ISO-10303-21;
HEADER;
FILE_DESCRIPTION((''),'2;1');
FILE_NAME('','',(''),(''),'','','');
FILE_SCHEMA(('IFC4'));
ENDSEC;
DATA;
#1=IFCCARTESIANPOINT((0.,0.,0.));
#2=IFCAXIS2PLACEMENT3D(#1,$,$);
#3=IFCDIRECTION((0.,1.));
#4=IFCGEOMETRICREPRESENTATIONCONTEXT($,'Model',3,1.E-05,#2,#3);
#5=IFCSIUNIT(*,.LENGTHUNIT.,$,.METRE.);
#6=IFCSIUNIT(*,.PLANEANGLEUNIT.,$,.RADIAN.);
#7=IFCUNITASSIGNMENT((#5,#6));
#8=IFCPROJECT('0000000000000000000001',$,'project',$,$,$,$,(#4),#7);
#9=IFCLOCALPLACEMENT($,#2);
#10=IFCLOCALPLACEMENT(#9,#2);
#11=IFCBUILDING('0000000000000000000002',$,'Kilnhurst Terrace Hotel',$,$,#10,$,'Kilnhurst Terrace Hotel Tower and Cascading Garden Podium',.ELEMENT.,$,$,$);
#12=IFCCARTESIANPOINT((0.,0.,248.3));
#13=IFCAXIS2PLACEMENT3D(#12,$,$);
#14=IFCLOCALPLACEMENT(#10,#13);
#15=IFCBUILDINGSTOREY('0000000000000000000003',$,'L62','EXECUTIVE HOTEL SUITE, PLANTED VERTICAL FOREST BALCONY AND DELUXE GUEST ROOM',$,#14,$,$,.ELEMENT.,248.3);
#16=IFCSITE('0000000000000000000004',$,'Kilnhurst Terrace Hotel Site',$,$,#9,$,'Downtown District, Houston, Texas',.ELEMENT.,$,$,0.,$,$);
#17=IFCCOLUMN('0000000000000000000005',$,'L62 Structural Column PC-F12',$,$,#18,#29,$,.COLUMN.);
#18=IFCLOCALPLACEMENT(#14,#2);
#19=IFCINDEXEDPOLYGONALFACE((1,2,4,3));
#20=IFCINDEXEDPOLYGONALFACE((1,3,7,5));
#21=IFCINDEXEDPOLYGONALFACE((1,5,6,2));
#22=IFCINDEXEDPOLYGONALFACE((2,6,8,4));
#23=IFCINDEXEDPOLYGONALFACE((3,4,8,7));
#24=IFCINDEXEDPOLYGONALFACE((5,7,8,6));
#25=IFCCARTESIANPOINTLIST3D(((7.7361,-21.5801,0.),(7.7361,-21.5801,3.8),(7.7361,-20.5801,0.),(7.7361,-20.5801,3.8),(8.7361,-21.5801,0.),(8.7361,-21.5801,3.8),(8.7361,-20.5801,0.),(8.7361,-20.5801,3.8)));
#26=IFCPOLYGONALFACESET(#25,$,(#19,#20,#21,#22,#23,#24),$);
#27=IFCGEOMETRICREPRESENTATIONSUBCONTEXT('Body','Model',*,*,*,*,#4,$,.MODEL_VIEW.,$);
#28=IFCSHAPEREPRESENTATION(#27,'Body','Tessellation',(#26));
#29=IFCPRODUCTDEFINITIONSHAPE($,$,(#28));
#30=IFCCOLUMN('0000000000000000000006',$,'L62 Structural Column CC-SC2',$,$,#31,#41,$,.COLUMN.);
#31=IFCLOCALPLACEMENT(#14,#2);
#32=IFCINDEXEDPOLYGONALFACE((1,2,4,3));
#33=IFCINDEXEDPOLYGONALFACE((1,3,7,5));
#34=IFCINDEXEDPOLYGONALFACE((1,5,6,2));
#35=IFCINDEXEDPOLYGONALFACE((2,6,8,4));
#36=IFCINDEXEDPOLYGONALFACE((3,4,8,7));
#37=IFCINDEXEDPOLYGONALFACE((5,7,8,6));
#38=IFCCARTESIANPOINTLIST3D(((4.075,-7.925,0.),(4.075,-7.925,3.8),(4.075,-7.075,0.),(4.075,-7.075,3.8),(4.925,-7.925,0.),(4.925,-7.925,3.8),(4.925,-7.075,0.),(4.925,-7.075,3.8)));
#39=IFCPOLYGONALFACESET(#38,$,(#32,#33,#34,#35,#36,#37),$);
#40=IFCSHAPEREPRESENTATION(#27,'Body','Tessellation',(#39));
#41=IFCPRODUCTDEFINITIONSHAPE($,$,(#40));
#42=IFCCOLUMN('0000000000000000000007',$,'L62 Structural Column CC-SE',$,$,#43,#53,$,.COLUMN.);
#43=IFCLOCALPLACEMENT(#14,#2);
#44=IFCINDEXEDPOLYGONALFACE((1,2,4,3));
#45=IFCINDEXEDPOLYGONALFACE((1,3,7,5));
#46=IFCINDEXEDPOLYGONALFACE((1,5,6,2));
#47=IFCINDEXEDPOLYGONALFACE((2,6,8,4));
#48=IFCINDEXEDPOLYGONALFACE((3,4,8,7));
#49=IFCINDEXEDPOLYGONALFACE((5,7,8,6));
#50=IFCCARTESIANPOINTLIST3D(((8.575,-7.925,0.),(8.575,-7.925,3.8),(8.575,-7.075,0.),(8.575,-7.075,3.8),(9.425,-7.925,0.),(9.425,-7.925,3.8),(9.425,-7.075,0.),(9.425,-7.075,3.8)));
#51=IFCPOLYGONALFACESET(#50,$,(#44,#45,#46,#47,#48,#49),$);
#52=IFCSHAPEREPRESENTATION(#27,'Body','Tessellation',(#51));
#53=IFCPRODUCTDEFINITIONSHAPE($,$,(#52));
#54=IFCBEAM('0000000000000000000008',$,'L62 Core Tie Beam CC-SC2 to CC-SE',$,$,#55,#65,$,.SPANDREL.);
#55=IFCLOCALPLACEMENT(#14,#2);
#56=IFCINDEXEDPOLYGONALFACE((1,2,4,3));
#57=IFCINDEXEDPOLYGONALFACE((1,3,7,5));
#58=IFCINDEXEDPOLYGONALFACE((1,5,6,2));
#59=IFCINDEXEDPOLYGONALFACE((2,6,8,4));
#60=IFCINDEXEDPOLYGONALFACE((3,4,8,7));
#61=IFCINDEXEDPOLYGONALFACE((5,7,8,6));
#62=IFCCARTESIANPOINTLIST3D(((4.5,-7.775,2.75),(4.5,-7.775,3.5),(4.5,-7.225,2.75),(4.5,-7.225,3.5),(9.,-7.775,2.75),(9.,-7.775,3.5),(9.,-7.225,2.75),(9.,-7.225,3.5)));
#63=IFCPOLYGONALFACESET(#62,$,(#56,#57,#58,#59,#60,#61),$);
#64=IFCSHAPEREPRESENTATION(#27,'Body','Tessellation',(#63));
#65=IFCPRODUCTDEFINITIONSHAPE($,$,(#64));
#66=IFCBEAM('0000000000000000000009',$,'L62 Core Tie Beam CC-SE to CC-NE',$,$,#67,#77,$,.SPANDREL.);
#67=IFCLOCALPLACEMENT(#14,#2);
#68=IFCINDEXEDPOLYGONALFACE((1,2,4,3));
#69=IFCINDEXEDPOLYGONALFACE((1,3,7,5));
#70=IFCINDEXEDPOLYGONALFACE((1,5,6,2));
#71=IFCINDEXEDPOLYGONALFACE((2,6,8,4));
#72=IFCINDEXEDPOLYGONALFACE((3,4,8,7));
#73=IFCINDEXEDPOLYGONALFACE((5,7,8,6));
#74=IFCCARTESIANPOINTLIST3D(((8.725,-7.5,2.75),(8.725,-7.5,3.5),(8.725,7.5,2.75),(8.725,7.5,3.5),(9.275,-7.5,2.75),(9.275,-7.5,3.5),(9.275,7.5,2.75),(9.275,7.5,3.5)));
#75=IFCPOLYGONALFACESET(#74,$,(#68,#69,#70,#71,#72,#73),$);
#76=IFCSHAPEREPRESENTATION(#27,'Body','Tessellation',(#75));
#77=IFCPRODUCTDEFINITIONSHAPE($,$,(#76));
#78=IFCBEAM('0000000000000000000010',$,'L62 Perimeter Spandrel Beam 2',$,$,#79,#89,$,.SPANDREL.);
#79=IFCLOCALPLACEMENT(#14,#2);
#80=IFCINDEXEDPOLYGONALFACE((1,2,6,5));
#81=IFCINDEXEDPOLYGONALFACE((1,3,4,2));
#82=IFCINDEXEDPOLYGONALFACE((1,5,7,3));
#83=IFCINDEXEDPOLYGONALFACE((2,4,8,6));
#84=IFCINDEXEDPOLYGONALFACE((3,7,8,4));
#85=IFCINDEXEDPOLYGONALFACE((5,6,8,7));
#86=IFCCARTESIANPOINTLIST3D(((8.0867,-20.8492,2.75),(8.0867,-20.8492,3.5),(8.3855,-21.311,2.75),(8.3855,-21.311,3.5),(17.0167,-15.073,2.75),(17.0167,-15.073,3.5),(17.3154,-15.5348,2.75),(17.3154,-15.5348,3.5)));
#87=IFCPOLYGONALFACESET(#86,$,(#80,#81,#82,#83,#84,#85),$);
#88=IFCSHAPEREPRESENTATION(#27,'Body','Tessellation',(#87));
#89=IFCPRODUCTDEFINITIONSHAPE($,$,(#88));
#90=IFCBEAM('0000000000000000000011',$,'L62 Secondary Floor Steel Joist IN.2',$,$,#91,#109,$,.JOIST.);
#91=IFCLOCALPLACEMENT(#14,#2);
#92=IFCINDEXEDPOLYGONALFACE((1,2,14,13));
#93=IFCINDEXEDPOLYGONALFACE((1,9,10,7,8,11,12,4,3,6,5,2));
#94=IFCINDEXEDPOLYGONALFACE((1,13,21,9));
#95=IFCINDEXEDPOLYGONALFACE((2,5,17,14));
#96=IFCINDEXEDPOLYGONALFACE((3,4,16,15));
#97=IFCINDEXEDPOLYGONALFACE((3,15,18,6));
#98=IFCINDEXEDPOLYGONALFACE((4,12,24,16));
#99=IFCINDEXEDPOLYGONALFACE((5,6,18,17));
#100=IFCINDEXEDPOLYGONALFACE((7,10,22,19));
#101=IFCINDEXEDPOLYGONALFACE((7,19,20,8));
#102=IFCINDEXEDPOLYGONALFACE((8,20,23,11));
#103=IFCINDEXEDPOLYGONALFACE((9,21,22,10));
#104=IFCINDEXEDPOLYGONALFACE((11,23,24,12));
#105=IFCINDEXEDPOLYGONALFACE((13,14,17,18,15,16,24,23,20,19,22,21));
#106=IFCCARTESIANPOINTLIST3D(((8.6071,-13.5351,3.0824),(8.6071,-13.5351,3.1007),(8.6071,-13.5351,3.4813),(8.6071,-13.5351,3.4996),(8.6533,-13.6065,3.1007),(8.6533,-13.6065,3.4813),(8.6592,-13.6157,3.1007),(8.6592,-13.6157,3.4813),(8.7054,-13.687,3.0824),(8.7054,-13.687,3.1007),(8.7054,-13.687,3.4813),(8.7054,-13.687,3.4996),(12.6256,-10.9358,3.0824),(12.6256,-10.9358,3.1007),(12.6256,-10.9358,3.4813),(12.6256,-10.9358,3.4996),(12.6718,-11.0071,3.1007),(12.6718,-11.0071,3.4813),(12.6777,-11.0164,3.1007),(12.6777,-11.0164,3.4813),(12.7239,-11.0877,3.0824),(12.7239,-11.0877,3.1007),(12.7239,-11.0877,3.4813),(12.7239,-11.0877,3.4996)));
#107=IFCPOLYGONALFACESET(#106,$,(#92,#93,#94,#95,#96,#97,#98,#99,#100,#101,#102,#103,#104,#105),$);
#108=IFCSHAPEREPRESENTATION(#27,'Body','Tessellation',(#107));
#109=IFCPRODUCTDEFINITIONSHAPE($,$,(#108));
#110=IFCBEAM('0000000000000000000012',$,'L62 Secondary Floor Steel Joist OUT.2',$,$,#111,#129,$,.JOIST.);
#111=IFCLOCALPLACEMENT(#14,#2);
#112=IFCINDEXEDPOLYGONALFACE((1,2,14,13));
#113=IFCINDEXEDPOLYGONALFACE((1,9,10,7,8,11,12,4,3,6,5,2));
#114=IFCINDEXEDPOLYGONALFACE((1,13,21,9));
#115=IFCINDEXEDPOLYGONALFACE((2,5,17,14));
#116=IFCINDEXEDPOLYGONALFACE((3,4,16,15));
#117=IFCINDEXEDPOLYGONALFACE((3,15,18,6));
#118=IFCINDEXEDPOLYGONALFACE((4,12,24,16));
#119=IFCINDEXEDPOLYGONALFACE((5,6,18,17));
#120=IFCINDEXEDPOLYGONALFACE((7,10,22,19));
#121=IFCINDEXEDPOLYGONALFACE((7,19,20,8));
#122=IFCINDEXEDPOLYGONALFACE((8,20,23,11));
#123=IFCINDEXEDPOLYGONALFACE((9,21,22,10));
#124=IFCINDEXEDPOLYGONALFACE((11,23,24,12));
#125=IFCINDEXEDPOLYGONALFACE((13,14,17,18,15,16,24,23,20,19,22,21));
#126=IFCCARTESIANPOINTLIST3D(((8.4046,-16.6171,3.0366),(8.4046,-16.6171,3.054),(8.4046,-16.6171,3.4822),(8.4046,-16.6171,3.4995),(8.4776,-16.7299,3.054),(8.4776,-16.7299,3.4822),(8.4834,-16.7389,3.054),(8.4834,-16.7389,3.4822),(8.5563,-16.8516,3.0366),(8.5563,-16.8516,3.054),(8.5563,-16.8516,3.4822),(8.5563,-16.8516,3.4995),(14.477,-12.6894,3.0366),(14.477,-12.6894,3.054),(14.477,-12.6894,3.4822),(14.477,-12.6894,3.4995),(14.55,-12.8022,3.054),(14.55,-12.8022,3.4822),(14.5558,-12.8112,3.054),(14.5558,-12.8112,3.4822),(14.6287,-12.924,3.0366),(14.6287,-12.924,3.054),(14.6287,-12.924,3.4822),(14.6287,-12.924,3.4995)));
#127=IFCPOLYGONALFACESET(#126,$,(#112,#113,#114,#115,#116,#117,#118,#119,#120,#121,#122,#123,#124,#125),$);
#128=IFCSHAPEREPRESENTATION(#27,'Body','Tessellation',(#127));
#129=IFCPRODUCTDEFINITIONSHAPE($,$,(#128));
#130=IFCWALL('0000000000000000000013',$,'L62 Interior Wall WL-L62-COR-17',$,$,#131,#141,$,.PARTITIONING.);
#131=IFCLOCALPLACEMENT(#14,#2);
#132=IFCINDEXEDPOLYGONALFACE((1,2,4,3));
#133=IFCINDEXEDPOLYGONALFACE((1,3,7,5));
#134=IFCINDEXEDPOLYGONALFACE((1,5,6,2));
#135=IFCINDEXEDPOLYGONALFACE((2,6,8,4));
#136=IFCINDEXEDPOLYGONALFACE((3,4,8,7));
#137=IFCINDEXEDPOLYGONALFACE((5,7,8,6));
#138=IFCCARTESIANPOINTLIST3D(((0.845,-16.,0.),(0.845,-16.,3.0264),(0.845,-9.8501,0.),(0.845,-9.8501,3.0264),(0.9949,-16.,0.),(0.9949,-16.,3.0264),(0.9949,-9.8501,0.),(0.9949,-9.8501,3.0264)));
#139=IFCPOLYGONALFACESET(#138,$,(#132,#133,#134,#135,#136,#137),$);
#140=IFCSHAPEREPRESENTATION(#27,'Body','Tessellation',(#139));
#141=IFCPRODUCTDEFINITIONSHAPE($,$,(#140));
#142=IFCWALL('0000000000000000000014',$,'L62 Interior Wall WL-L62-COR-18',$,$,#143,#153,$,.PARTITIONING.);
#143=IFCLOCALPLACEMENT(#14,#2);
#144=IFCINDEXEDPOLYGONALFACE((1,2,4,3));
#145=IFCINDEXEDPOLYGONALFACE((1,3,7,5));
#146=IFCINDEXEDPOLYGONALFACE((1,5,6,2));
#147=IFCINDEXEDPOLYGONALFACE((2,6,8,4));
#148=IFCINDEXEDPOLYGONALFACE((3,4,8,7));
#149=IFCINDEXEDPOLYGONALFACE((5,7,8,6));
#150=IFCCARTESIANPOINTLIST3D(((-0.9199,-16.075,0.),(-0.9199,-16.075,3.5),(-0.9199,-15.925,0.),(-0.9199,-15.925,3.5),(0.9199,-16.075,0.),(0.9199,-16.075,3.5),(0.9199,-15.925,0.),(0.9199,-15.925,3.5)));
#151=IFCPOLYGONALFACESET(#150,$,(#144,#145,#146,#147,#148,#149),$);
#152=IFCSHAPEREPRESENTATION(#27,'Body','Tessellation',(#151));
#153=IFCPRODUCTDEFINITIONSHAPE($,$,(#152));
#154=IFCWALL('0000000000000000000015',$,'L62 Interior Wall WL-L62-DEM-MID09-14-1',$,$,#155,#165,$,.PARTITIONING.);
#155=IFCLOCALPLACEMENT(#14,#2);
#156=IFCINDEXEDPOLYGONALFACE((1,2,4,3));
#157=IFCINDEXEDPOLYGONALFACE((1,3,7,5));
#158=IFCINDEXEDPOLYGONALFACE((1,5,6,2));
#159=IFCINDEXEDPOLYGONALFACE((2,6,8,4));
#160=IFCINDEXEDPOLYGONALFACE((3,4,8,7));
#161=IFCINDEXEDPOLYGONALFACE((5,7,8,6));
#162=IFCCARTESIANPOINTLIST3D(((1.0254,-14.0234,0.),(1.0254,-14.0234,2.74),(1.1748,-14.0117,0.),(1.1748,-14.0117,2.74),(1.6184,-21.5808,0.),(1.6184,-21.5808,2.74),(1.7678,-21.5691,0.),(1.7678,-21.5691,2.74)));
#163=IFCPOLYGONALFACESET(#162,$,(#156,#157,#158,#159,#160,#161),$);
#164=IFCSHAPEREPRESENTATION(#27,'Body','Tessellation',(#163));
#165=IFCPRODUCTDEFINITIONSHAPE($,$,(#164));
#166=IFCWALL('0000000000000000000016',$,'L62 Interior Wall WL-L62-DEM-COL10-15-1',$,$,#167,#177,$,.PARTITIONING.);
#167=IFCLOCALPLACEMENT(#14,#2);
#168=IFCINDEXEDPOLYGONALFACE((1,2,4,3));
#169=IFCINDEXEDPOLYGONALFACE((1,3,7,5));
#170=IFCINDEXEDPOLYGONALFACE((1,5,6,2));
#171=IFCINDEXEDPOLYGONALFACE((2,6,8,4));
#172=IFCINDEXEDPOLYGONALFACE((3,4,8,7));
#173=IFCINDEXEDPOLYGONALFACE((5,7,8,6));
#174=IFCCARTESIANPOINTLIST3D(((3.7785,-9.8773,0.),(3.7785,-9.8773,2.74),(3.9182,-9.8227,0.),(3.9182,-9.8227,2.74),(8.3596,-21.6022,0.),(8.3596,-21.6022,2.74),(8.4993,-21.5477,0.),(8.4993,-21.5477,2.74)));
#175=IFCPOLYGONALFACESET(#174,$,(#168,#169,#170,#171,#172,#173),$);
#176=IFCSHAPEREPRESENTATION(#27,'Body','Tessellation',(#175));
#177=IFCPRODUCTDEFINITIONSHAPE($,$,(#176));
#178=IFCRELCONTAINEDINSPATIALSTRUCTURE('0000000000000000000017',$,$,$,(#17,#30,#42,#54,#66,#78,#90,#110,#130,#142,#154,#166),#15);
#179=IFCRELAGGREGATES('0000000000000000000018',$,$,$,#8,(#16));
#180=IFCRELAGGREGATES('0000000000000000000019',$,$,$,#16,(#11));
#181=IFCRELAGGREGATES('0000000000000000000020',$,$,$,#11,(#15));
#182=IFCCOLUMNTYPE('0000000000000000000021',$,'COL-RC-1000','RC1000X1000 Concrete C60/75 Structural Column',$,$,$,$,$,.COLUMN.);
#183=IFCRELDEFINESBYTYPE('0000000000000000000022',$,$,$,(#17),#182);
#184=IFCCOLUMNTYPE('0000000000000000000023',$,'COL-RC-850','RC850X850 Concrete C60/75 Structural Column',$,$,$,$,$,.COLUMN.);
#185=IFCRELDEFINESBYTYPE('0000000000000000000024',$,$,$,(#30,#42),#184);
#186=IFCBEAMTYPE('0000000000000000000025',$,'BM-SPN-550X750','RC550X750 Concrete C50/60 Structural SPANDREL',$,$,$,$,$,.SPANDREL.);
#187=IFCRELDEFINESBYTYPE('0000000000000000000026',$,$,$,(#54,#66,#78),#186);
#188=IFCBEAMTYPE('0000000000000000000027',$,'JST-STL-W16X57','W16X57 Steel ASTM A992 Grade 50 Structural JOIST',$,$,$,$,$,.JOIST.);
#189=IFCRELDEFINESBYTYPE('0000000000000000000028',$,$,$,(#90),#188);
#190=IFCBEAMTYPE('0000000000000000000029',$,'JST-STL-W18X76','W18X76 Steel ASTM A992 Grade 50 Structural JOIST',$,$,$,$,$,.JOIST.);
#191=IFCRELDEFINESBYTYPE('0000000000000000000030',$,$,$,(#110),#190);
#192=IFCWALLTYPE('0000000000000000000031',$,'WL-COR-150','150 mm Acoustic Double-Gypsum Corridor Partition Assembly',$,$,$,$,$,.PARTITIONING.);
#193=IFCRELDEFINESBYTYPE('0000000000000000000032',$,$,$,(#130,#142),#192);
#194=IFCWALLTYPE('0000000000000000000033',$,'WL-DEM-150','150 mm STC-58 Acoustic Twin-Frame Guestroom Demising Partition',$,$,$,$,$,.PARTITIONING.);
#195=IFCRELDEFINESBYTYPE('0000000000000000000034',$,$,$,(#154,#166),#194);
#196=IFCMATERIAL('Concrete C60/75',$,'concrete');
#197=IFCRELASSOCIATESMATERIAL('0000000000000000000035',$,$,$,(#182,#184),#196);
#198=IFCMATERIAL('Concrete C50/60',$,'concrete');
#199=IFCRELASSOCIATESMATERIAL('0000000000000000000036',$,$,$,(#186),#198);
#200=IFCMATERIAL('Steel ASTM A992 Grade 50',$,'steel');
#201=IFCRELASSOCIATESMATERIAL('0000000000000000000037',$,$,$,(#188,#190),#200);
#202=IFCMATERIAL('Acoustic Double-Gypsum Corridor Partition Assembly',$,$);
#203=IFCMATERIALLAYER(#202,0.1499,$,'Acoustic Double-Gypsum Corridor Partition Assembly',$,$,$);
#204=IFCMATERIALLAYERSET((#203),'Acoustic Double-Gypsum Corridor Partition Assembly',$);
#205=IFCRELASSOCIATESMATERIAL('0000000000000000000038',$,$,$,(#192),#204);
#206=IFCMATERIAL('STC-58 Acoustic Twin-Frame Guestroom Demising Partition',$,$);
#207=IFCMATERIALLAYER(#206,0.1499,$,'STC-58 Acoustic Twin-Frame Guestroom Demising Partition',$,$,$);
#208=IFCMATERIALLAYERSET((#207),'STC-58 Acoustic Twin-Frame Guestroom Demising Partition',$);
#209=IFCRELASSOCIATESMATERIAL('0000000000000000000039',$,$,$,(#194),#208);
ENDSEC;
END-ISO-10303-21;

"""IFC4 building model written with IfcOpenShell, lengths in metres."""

from ifc_helpers import new_model, si_unit, direction, frame, frame_2d, origin, origin_2d, place, context, subcontext, project, spatial, rectangle, i_section, extrude, material, layer, layer_set, material_profile, profile_set, type_object, element, save


model = new_model("IFC4")

# Units and contexts
model_context = context("Model", 3, precision=1e-05, world=origin(), true_north=direction((0.0, 1.0)))
body_context = subcontext(model_context, "Body", "Model", "MODEL_VIEW")
ifc_project = project(units=[si_unit("LENGTHUNIT", "METRE"), si_unit("PLANEANGLEUNIT", "RADIAN")], contexts=[model_context])

# Site, building, storey
site_placement = place(None, origin())
site = spatial("IfcSite", under=ifc_project, at=site_placement, Name="Kilnhurst Terrace Hotel Site", LongName="Downtown District, Houston, Texas", CompositionType="ELEMENT", RefElevation=0.0)
building_placement = place(site_placement, origin())
building = spatial("IfcBuilding", under=site, at=building_placement, Name="Kilnhurst Terrace Hotel", LongName="Kilnhurst Terrace Hotel Tower and Cascading Garden Podium", CompositionType="ELEMENT")
storey_placement = place(building_placement, frame((0.0, 0.0, 248.3)))
storey = spatial("IfcBuildingStorey", under=building, at=storey_placement, Name="L62", Description="EXECUTIVE HOTEL SUITE, PLANTED VERTICAL FOREST BALCONY AND DELUXE GUEST ROOM", CompositionType="ELEMENT", Elevation=248.3)

# Columns
ifc_material_1 = material(Name="Concrete C60/75", Category="concrete")
ifc_material_profile_1 = material_profile(ifc_material_1, rectangle(XDim=1.0, YDim=1.0, at=origin_2d()), Name="RC1000X1000")
ifc_profile_set_1 = profile_set([ifc_material_profile_1], Name="Concrete C60/75")
column_type_1 = type_object("IfcColumnType", Name="COL-RC-1000", Description="RC1000X1000 Concrete C60/75 Structural Column", PredefinedType="COLUMN", material=ifc_profile_set_1)
column_placement = place(storey_placement, frame((8.2361, -21.0801, 0.0), z_axis=(0.0, 0.0, 1.0), x_axis=(1.0, 0.0, 0.0)))
element("IfcColumn", 1, at=column_placement, inside=storey, type_object=column_type_1, Name="L62 Structural Column PC-F12", PredefinedType="COLUMN", context=body_context, shape_type="SweptSolid", body=[
    extrude(rectangle(XDim=1.0, YDim=1.0, at=origin_2d()), origin(), (0.0, 0.0, 1.0), 3.8),
])
ifc_material_profile_2 = material_profile(ifc_material_1, rectangle(XDim=0.8501, YDim=0.8501, at=origin_2d()), Name="RC850X850")
ifc_profile_set_2 = profile_set([ifc_material_profile_2], Name="Concrete C60/75")
column_type_2 = type_object("IfcColumnType", Name="COL-RC-850", Description="RC850X850 Concrete C60/75 Structural Column", PredefinedType="COLUMN", material=ifc_profile_set_2)
for number, where, z_axis, x_axis, name in (
    (2, (4.5, -7.5, 0.0), (0.0, 0.0, 1.0), (1.0, 0.0, 0.0), "L62 Structural Column CC-SC2"),
    (3, (9.0, -7.5, 0.0), (0.0, 0.0, 1.0), (1.0, 0.0, 0.0), "L62 Structural Column CC-SE"),
):
    element("IfcColumn", number, at=place(storey_placement, frame(where, z_axis=z_axis, x_axis=x_axis)), inside=storey, type_object=column_type_2, Name=name, PredefinedType="COLUMN", context=body_context, shape_type="SweptSolid", body=[
        extrude(rectangle(XDim=0.8501, YDim=0.8501, at=origin_2d()), origin(), (0.0, 0.0, 1.0), 3.8),
    ])

# Beams
ifc_material_2 = material(Name="Concrete C50/60", Category="concrete")
ifc_material_profile_3 = material_profile(ifc_material_2, rectangle(XDim=0.55, YDim=0.75, at=origin_2d()), Name="RC550X750")
ifc_profile_set_3 = profile_set([ifc_material_profile_3], Name="Concrete C50/60")
beam_type_1 = type_object("IfcBeamType", Name="BM-SPN-550X750", Description="RC550X750 Concrete C50/60 Structural SPANDREL", PredefinedType="SPANDREL", material=ifc_profile_set_3)
beam_1_placement = place(storey_placement, frame((4.5, -7.5, 3.125), z_axis=(1.0, 0.0, 0.0), x_axis=(0.0, 1.0, 0.0)))
element("IfcBeam", 4, at=beam_1_placement, inside=storey, type_object=beam_type_1, Name="L62 Core Tie Beam CC-SC2 to CC-SE", PredefinedType="SPANDREL", context=body_context, shape_type="SweptSolid", body=[
    extrude(rectangle(XDim=0.55, YDim=0.75, at=origin_2d()), origin(), (0.0, 0.0, 1.0), 4.5),
])
beam_2_placement = place(storey_placement, frame((9.0, -7.5, 3.125), z_axis=(0.0, 1.0, 0.0), x_axis=(-1.0, 0.0, 0.0)))
element("IfcBeam", 5, at=beam_2_placement, inside=storey, type_object=beam_type_1, Name="L62 Core Tie Beam CC-SE to CC-NE", PredefinedType="SPANDREL", context=body_context, shape_type="SweptSolid", body=[
    extrude(rectangle(XDim=0.55, YDim=0.75, at=origin_2d()), origin(), (0.0, 0.0, 1.0), 15.0),
])
beam_3_placement = place(storey_placement, frame((8.2361, -21.0801, 3.125), z_axis=(0.839659, 0.543114, 0.0), x_axis=(-0.543114, 0.839659, 0.0)))
element("IfcBeam", 6, at=beam_3_placement, inside=storey, type_object=beam_type_1, Name="L62 Perimeter Spandrel Beam 2", PredefinedType="SPANDREL", context=body_context, shape_type="SweptSolid", body=[
    extrude(rectangle(XDim=0.55, YDim=0.75, at=origin_2d()), origin(), (0.0, 0.0, 1.0), 10.6353),
])
ifc_material_3 = material(Name="Steel ASTM A992 Grade 50", Category="steel")
ifc_material_profile_4 = material_profile(ifc_material_3, i_section(OverallWidth=0.1809, OverallDepth=0.4172, WebThickness=0.011, FlangeThickness=0.0183, at=origin_2d()), Name="W16X57")
ifc_profile_set_4 = profile_set([ifc_material_profile_4], Name="Steel ASTM A992 Grade 50")
beam_type_2 = type_object("IfcBeamType", Name="JST-STL-W16X57", Description="W16X57 Steel ASTM A992 Grade 50 Structural JOIST", PredefinedType="JOIST", material=ifc_profile_set_4)
beam_4_placement = place(storey_placement, frame((8.6562, -13.6111, 3.291), z_axis=(0.839654, 0.543122, 0.0), x_axis=(-0.543122, 0.839654, 0.0)))
element("IfcBeam", 7, at=beam_4_placement, inside=storey, type_object=beam_type_2, Name="L62 Secondary Floor Steel Joist IN.2", PredefinedType="JOIST", context=body_context, shape_type="SweptSolid", body=[
    extrude(i_section(OverallWidth=0.1809, OverallDepth=0.4172, WebThickness=0.011, FlangeThickness=0.0183, at=origin_2d()), origin(), (0.0, 0.0, 1.0), 4.7859),
])
ifc_material_profile_5 = material_profile(ifc_material_3, i_section(OverallWidth=0.2793, OverallDepth=0.4629, WebThickness=0.0107, FlangeThickness=0.0173, at=origin_2d()), Name="W18X76")
ifc_profile_set_5 = profile_set([ifc_material_profile_5], Name="Steel ASTM A992 Grade 50")
beam_type_3 = type_object("IfcBeamType", Name="JST-STL-W18X76", Description="W18X76 Steel ASTM A992 Grade 50 Structural JOIST", PredefinedType="JOIST", material=ifc_profile_set_5)
beam_5_placement = place(storey_placement, frame((8.4805, -16.7344, 3.2681), z_axis=(0.839667, 0.543101, 0.0), x_axis=(-0.543101, 0.839667, 0.0)))
element("IfcBeam", 8, at=beam_5_placement, inside=storey, type_object=beam_type_3, Name="L62 Secondary Floor Steel Joist OUT.2", PredefinedType="JOIST", context=body_context, shape_type="SweptSolid", body=[
    extrude(i_section(OverallWidth=0.2793, OverallDepth=0.4629, WebThickness=0.0107, FlangeThickness=0.0173, at=origin_2d()), origin(), (0.0, 0.0, 1.0), 7.2319),
])

# Walls
ifc_material_4 = material(Name="Acoustic Double-Gypsum Corridor Partition Assembly")
ifc_layer_1 = layer(ifc_material_4, 0.1499, Name="Acoustic Double-Gypsum Corridor Partition Assembly")
ifc_layer_set_1 = layer_set([ifc_layer_1], Name="Acoustic Double-Gypsum Corridor Partition Assembly")
wall_type_1 = type_object("IfcWallType", Name="WL-COR-150", Description="150 mm Acoustic Double-Gypsum Corridor Partition Assembly", PredefinedType="PARTITIONING", material=ifc_layer_set_1)
wall_1_placement = place(storey_placement, frame((0.9199, -9.8501, 0.0), z_axis=(0.0, 0.0, 1.0), x_axis=(0.0, -1.0, 0.0)))
element("IfcWall", 9, at=wall_1_placement, inside=storey, type_object=wall_type_1, Name="L62 Interior Wall WL-L62-COR-17", PredefinedType="PARTITIONING", context=body_context, shape_type="SweptSolid", body=[
    extrude(rectangle(XDim=6.1499, YDim=0.1499, at=frame_2d((3.075, 0.0))), origin(), (0.0, 0.0, 1.0), 3.0264),
])
wall_2_placement = place(storey_placement, frame((0.9199, -16.0, 0.0), z_axis=(0.0, 0.0, 1.0), x_axis=(-1.0, 0.0, 0.0)))
element("IfcWall", 10, at=wall_2_placement, inside=storey, type_object=wall_type_1, Name="L62 Interior Wall WL-L62-COR-18", PredefinedType="PARTITIONING", context=body_context, shape_type="SweptSolid", body=[
    extrude(rectangle(XDim=1.8398, YDim=0.1499, at=frame_2d((0.9199, 0.0))), origin(), (0.0, 0.0, 1.0), 3.5),
])
ifc_material_5 = material(Name="STC-58 Acoustic Twin-Frame Guestroom Demising Partition")
ifc_layer_2 = layer(ifc_material_5, 0.1499, Name="STC-58 Acoustic Twin-Frame Guestroom Demising Partition")
ifc_layer_set_2 = layer_set([ifc_layer_2], Name="STC-58 Acoustic Twin-Frame Guestroom Demising Partition")
wall_type_2 = type_object("IfcWallType", Name="WL-DEM-150", Description="150 mm STC-58 Acoustic Twin-Frame Guestroom Demising Partition", PredefinedType="PARTITIONING", material=ifc_layer_set_2)
wall_3_placement = place(storey_placement, frame((1.1001, -14.0176, 0.0), z_axis=(0.0, 0.0, 1.0), x_axis=(0.078228, -0.996935, 0.0)))
element("IfcWall", 11, at=wall_3_placement, inside=storey, type_object=wall_type_2, Name="L62 Interior Wall WL-L62-DEM-MID09-14-1", PredefinedType="PARTITIONING", context=body_context, shape_type="SweptSolid", body=[
    extrude(rectangle(XDim=7.5806, YDim=0.1499, at=frame_2d((3.7903, 0.0))), origin(), (0.0, 0.0, 1.0), 2.74),
])
wall_4_placement = place(storey_placement, frame((3.8484, -9.8501, 0.0), z_axis=(0.0, 0.0, 1.0), x_axis=(0.363922, -0.93143, 0.0)))
element("IfcWall", 12, at=wall_4_placement, inside=storey, type_object=wall_type_2, Name="L62 Interior Wall WL-L62-DEM-COL10-15-1", PredefinedType="PARTITIONING", context=body_context, shape_type="SweptSolid", body=[
    extrude(rectangle(XDim=12.5881, YDim=0.1499, at=frame_2d((6.2939, 0.0))), origin(), (0.0, 0.0, 1.0), 2.74),
])

save(model, "model.ifc")
